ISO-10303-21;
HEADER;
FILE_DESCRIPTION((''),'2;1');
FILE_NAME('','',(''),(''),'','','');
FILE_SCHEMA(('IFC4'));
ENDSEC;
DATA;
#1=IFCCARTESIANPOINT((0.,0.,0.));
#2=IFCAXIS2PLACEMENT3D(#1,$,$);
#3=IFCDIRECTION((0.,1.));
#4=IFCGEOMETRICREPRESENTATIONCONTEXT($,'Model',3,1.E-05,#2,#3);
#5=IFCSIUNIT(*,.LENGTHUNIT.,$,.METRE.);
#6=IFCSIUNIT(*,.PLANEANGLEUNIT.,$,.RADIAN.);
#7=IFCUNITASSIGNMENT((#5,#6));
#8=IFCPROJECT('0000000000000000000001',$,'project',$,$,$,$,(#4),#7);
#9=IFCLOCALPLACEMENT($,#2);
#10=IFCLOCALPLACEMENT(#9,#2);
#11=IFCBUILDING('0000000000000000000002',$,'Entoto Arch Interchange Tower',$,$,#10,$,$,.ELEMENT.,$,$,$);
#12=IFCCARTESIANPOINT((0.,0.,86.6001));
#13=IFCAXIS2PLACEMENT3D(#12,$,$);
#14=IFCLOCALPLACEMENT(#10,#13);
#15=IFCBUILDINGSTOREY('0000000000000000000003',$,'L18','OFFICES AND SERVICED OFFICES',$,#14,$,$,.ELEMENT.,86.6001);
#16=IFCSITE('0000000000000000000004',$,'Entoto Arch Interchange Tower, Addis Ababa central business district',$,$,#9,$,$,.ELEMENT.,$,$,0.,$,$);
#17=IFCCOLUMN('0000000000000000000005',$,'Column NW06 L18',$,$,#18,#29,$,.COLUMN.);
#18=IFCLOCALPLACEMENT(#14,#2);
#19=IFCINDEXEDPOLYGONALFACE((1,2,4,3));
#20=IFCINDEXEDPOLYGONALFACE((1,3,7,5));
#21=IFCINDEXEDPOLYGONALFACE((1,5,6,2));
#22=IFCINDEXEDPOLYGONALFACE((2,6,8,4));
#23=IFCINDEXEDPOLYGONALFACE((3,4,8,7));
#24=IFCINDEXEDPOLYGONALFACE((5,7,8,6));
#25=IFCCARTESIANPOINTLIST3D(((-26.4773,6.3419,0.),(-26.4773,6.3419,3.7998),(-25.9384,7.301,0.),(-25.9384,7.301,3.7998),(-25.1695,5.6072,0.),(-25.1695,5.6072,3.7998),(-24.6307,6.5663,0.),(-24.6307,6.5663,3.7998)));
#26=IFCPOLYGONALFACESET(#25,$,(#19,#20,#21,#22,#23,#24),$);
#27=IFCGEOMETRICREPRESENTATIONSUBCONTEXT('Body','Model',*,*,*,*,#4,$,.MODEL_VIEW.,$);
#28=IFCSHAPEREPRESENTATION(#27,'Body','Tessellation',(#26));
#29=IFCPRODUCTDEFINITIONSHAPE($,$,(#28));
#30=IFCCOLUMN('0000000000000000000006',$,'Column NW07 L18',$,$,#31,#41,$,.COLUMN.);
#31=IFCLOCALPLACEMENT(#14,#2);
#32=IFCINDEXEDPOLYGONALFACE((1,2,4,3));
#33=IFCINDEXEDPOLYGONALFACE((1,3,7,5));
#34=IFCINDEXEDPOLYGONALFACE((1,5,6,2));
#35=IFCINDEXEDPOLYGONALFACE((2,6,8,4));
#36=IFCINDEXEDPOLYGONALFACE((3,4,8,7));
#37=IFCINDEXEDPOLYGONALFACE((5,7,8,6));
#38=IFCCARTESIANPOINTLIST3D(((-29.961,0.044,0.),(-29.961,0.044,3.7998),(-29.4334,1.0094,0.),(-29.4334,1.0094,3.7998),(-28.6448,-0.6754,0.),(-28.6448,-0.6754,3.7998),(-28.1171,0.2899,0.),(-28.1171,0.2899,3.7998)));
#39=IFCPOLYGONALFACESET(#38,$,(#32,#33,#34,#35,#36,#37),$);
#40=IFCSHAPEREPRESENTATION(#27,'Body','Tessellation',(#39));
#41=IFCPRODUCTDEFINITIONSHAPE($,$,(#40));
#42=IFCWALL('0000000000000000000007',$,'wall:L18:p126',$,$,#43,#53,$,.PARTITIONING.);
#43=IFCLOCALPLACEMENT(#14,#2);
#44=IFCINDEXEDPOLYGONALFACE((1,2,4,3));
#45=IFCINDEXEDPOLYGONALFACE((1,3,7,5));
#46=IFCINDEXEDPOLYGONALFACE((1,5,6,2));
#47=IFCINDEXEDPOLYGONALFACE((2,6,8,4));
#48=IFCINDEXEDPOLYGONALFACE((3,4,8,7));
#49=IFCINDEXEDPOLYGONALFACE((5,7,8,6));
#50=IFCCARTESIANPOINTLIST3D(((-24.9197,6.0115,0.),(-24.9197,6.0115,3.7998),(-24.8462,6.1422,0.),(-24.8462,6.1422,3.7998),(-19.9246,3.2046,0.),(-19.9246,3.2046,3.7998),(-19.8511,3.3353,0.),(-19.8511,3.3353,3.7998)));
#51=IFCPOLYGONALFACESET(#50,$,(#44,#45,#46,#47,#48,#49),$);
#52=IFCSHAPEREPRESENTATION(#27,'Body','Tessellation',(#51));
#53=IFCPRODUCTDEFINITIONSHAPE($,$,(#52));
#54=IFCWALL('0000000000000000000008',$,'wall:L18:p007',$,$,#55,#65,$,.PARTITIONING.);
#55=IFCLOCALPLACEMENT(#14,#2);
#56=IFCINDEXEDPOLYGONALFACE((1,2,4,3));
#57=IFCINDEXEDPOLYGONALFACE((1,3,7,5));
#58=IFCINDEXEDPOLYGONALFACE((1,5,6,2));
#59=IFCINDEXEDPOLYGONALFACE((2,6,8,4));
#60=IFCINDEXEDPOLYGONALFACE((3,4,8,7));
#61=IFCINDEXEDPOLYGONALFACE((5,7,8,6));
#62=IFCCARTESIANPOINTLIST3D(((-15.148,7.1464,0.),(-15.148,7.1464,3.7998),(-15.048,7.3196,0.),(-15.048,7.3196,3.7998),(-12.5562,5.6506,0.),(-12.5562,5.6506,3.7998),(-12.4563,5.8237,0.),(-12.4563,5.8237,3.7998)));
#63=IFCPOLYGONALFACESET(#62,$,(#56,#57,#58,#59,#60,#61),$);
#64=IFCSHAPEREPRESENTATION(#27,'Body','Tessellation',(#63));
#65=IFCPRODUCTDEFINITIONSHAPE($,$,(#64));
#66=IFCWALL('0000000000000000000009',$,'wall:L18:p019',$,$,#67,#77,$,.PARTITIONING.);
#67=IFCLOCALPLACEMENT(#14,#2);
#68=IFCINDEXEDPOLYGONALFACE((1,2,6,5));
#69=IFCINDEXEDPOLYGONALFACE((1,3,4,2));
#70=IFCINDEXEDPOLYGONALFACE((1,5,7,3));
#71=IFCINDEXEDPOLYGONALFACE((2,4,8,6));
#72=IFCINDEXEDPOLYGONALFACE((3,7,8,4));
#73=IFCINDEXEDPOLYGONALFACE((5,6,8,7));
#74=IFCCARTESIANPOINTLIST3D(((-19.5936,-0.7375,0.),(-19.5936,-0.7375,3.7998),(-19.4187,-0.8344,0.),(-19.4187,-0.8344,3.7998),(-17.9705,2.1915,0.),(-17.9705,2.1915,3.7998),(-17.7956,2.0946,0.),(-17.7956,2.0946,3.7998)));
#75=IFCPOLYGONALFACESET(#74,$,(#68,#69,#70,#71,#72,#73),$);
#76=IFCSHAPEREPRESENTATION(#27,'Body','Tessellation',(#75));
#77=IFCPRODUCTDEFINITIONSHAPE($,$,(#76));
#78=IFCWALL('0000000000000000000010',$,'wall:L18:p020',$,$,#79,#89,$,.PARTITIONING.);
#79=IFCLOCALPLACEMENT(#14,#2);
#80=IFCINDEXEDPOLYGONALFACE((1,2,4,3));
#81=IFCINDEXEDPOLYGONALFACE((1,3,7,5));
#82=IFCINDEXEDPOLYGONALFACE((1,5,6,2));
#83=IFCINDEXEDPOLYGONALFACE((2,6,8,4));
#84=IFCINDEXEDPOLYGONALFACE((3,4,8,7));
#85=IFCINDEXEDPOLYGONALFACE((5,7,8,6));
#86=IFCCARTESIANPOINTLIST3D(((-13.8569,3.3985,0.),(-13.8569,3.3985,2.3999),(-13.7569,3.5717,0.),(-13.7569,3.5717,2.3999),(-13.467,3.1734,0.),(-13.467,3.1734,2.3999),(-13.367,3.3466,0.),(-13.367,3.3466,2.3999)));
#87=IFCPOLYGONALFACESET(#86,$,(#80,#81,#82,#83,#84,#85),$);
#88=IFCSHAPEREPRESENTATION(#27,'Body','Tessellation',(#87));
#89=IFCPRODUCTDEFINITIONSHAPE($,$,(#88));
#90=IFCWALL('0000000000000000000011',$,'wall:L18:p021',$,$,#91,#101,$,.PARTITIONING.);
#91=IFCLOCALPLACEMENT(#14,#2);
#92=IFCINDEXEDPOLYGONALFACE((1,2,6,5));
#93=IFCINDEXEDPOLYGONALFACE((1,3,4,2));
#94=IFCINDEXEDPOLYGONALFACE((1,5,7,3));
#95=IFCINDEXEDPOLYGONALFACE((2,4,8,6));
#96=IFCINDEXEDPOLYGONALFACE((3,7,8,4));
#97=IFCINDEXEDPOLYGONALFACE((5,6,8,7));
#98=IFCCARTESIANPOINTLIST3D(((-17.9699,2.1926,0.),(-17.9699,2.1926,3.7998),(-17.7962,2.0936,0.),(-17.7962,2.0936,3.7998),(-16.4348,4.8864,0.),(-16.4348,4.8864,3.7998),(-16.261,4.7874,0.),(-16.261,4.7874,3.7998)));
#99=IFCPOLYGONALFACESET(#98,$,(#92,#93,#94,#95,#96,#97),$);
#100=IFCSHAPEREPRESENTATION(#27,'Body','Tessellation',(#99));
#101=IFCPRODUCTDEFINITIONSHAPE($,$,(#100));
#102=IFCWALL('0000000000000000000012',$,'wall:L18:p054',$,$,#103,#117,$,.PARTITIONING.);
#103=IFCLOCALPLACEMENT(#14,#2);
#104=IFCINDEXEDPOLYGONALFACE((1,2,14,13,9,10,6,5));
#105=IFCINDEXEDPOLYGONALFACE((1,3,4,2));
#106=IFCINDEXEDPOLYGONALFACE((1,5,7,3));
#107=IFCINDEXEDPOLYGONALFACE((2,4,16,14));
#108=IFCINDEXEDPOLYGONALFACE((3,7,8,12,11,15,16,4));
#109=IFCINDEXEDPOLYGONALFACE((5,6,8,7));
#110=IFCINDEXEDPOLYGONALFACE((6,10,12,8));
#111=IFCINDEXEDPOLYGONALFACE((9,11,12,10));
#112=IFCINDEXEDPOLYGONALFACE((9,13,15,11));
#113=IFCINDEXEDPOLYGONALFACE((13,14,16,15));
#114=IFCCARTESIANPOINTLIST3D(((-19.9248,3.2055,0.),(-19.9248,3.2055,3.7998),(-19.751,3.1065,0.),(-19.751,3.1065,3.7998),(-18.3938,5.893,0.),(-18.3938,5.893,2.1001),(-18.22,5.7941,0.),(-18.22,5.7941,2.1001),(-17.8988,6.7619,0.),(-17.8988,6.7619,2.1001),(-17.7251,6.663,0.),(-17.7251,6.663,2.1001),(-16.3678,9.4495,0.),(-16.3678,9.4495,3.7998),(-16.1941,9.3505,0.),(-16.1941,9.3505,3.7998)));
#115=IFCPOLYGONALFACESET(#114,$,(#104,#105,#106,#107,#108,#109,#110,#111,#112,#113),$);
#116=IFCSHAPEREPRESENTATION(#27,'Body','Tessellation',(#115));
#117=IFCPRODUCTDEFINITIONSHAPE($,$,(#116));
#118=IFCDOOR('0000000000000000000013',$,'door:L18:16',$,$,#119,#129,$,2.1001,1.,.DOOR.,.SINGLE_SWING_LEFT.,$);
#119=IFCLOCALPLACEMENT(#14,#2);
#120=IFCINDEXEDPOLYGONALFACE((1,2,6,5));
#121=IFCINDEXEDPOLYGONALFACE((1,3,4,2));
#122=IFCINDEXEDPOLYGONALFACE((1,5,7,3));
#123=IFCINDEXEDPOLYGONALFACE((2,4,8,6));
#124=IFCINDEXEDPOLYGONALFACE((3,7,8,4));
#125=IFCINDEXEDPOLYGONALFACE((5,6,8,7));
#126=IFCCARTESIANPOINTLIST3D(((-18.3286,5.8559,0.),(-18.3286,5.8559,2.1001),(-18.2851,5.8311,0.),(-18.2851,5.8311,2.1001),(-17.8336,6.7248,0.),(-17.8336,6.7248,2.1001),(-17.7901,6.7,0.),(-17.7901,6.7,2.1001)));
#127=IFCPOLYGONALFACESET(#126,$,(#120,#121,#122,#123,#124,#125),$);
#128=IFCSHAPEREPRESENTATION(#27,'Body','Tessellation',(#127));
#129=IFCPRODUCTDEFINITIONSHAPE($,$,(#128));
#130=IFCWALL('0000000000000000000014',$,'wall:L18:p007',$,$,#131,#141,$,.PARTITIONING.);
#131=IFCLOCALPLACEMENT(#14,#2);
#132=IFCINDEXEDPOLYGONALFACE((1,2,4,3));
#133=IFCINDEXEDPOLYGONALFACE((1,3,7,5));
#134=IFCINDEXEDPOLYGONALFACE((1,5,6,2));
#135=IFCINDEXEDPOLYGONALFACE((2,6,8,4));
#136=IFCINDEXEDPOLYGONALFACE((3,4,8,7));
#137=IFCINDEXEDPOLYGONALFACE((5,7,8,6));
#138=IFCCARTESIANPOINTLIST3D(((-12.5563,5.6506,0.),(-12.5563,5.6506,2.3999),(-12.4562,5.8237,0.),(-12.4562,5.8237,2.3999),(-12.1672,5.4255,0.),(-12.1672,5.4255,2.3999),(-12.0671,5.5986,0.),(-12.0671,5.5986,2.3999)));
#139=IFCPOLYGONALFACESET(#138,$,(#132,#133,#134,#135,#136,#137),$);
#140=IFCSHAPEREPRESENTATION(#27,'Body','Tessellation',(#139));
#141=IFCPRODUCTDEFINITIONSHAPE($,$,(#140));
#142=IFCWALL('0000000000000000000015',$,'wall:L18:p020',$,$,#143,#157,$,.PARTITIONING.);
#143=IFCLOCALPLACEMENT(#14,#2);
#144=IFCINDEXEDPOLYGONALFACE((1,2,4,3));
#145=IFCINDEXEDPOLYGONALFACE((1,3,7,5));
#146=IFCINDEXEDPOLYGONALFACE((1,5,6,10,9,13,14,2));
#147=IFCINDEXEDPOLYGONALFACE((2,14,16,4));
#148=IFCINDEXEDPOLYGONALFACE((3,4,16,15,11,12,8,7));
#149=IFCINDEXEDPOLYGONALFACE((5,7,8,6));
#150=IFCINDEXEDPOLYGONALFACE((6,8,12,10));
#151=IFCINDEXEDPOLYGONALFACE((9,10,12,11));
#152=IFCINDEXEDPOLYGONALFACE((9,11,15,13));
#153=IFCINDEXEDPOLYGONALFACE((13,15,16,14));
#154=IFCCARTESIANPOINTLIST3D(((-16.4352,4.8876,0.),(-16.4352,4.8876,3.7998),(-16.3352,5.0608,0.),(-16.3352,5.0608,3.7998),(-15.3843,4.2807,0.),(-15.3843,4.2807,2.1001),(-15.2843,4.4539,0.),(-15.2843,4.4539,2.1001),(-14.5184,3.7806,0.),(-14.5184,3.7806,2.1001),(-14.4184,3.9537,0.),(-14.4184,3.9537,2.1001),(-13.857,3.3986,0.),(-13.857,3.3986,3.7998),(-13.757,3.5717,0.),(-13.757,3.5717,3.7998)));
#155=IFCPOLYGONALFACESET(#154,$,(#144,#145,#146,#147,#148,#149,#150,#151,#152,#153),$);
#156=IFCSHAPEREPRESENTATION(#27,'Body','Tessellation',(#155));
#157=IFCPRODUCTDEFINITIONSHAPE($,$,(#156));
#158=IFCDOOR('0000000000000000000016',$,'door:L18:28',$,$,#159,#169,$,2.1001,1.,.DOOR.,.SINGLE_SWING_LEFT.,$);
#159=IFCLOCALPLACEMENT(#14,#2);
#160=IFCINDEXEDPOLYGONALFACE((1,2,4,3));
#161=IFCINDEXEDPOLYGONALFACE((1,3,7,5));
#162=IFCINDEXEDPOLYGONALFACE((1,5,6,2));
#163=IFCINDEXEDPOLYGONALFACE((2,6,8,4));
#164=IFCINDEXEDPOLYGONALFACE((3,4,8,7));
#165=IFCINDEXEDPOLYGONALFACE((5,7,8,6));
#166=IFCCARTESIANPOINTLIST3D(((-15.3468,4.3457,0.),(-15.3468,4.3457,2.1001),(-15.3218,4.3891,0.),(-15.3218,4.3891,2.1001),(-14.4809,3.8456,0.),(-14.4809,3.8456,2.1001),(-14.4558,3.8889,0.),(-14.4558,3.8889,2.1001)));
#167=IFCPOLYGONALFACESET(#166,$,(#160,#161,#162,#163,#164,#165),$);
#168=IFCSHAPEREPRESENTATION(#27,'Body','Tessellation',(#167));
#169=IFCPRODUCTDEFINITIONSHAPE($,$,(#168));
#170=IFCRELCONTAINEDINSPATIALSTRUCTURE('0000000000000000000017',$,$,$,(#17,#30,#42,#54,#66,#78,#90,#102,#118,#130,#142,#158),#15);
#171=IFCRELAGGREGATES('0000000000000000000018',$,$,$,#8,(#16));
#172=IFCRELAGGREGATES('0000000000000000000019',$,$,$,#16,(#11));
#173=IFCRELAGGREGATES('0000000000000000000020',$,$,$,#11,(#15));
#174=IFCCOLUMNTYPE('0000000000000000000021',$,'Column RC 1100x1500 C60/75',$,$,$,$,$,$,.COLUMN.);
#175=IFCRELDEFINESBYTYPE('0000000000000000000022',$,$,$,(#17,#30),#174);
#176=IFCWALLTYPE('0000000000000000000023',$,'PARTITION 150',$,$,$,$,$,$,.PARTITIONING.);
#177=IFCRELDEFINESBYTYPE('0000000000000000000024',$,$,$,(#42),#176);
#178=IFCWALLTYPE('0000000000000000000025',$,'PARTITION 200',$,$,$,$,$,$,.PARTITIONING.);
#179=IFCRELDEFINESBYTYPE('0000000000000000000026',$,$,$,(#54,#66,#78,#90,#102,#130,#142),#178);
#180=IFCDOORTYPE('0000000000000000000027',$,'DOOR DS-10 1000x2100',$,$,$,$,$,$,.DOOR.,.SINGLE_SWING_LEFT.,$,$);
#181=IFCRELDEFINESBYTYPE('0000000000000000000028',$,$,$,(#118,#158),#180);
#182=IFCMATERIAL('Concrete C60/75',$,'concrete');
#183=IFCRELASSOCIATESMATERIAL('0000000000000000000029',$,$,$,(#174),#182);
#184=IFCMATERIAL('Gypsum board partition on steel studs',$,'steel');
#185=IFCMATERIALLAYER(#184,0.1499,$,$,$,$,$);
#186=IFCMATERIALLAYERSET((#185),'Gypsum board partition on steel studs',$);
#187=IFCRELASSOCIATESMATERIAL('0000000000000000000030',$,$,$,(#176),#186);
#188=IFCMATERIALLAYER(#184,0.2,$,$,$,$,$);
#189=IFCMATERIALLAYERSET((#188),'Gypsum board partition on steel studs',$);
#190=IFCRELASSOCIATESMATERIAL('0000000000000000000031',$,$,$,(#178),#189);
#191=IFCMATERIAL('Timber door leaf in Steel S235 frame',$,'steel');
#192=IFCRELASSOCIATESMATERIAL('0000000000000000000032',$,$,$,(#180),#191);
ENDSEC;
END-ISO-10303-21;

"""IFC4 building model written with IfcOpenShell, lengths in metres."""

from ifc_helpers import new_model, si_unit, direction, frame, frame_2d, origin, origin_2d, place, context, subcontext, project, spatial, rectangle, extrude, material, layer, layer_set, material_profile, profile_set, type_object, element, fill, save


model = new_model("IFC4")

# Units and contexts
model_context = context("Model", 3, precision=1e-05, world=origin(), true_north=direction((0.0, 1.0)))
body_context = subcontext(model_context, "Body", "Model", "MODEL_VIEW")
ifc_project = project(units=[si_unit("LENGTHUNIT", "METRE"), si_unit("PLANEANGLEUNIT", "RADIAN")], contexts=[model_context])

# Site, building, storey
site_placement = place(None, origin())
site = spatial("IfcSite", under=ifc_project, at=site_placement, Name="Entoto Arch Interchange Tower, Addis Ababa central business district", CompositionType="ELEMENT", RefElevation=0.0)
building_placement = place(site_placement, origin())
building = spatial("IfcBuilding", under=site, at=building_placement, Name="Entoto Arch Interchange Tower", CompositionType="ELEMENT")
storey_placement = place(building_placement, frame((0.0, 0.0, 86.6001)))
storey = spatial("IfcBuildingStorey", under=building, at=storey_placement, Name="L18", Description="OFFICES AND SERVICED OFFICES", CompositionType="ELEMENT", Elevation=86.6001)

# Columns
ifc_material_1 = material(Name="Concrete C60/75", Category="concrete")
ifc_material_profile = material_profile(ifc_material_1, rectangle(XDim=1.1001, YDim=1.5, at=origin_2d()))
ifc_profile_set = profile_set([ifc_material_profile], Name="Concrete C60/75")
column_type = type_object("IfcColumnType", Name="Column RC 1100x1500 C60/75", PredefinedType="COLUMN", material=ifc_profile_set)
for number, where, z_axis, x_axis, name in (
    (1, (-25.554, 6.4541, 0.0), (0.0, 0.0, 1.0), (0.489839, 0.871813, 0.0), "Column NW06 L18"),
    (2, (-29.0391, 0.167, 0.0), (0.0, 0.0, 1.0), (0.479611, 0.877481, 0.0), "Column NW07 L18"),
):
    element("IfcColumn", number, at=place(storey_placement, frame(where, z_axis=z_axis, x_axis=x_axis)), inside=storey, type_object=column_type, Name=name, PredefinedType="COLUMN", context=body_context, shape_type="SweptSolid", body=[
        extrude(rectangle(XDim=1.1001, YDim=1.5, at=origin_2d()), origin(), (0.0, 0.0, 1.0), 3.7998),
    ])

# Walls
ifc_material_2 = material(Name="Gypsum board partition on steel studs", Category="steel")
ifc_layer_1 = layer(ifc_material_2, 0.1499)
ifc_layer_set_1 = layer_set([ifc_layer_1], Name="Gypsum board partition on steel studs")
wall_type_1 = type_object("IfcWallType", Name="PARTITION 150", PredefinedType="PARTITIONING", material=ifc_layer_set_1)
wall_1_placement = place(storey_placement, frame((-19.8879, 3.27, 0.0), z_axis=(0.0, 0.0, 1.0), x_axis=(-0.871789, 0.489881, 0.0)))
element("IfcWall", 3, at=wall_1_placement, inside=storey, type_object=wall_type_1, Name="wall:L18:p126", PredefinedType="PARTITIONING", context=body_context, shape_type="SweptSolid", body=[
    extrude(rectangle(XDim=5.7297, YDim=0.1499, at=frame_2d((2.8647, 0.0))), origin(), (0.0, 0.0, 1.0), 3.7998),
])
ifc_layer_2 = layer(ifc_material_2, 0.2)
ifc_layer_set_2 = layer_set([ifc_layer_2], Name="Gypsum board partition on steel studs")
wall_type_2 = type_object("IfcWallType", Name="PARTITION 200", PredefinedType="PARTITIONING", material=ifc_layer_set_2)
wall_2_placement = place(storey_placement, frame((-15.0979, 7.2329, 0.0), z_axis=(0.0, 0.0, 1.0), x_axis=(0.866101, -0.499868, 0.0)))
element("IfcWall", 4, at=wall_2_placement, inside=storey, type_object=wall_type_2, Name="wall:L18:p007", PredefinedType="PARTITIONING", context=body_context, shape_type="SweptSolid", body=[
    extrude(rectangle(XDim=2.9924, YDim=0.2, at=frame_2d((1.4961, 0.0))), origin(), (0.0, 0.0, 1.0), 3.7998),
])
wall_3_placement = place(storey_placement, frame((-17.8831, 2.1431, 0.0), z_axis=(0.0, 0.0, 1.0), x_axis=(-0.484696, -0.874683, 0.0)))
element("IfcWall", 5, at=wall_3_placement, inside=storey, type_object=wall_type_2, Name="wall:L18:p019", PredefinedType="PARTITIONING", context=body_context, shape_type="SweptSolid", body=[
    extrude(rectangle(XDim=3.3486, YDim=0.2, at=frame_2d((1.6743, 0.0))), origin(), (0.0, 0.0, 1.0), 3.7998),
])
wall_4_placement = place(storey_placement, frame((-13.417, 3.26, 0.0), z_axis=(0.0, 0.0, 1.0), x_axis=(-0.866032, 0.499988, 0.0)))
element("IfcWall", 6, at=wall_4_placement, inside=storey, type_object=wall_type_2, Name="wall:L18:p020", PredefinedType="PARTITIONING", context=body_context, shape_type="SweptSolid", body=[
    extrude(rectangle(XDim=0.4502, YDim=0.2, at=frame_2d((0.2251, 0.0))), origin(), (0.0, 0.0, 1.0), 2.3999),
])
wall_5_placement = place(storey_placement, frame((-16.3479, 4.8369, 0.0), z_axis=(0.0, 0.0, 1.0), x_axis=(-0.495121, -0.868824, 0.0)))
element("IfcWall", 7, at=wall_5_placement, inside=storey, type_object=wall_type_2, Name="wall:L18:p021", PredefinedType="PARTITIONING", context=body_context, shape_type="SweptSolid", body=[
    extrude(rectangle(XDim=3.1006, YDim=0.2, at=frame_2d((1.5503, 0.0))), origin(), (0.0, 0.0, 1.0), 3.7998),
])

# Wall, opening, door
wall_6_placement = place(storey_placement, frame((-19.8379, 3.156, 0.0), z_axis=(0.0, 0.0, 1.0), x_axis=(0.494979, 0.868905, 0.0)))
wall_6 = element("IfcWall", 8, at=wall_6_placement, inside=storey, type_object=wall_type_2, Name="wall:L18:p054", PredefinedType="PARTITIONING", context=body_context, shape_type="SweptSolid", body=[
    extrude(rectangle(XDim=7.186, YDim=0.2, at=frame_2d((3.593, 0.0))), origin(), (0.0, 0.0, 1.0), 3.7998),
])
opening_1_placement = place(wall_6_placement, frame((3.093, 0.0, 0.0)))
opening_1 = element("IfcOpeningElement", 9, at=opening_1_placement, cuts=wall_6, PredefinedType="OPENING", context=body_context, shape_type="SweptSolid", body=[
    extrude(rectangle(XDim=1.0, YDim=2.1001, at=frame_2d((0.5, 1.05))), frame((0.0, 0.1099, 0.0), z_axis=(0.0, -1.0, 0.0), x_axis=(1.0, 0.0, 0.0)), (0.0, 0.0, 1.0), 0.22),
])
ifc_material_3 = material(Name="Timber door leaf in Steel S235 frame", Category="steel")
door_type_1 = type_object("IfcDoorType", Name="DOOR DS-10 1000x2100", OperationType="SINGLE_SWING_LEFT", PredefinedType="DOOR", material=ifc_material_3)
door_1_placement = place(opening_1_placement, origin())
door_1 = element("IfcDoor", 10, at=door_1_placement, inside=storey, type_object=door_type_1, Name="door:L18:16", OperationType="SINGLE_SWING_LEFT", OverallHeight=2.1001, OverallWidth=1.0, PredefinedType="DOOR", context=body_context, shape_type="SweptSolid", body=[
    extrude(rectangle(XDim=1.0, YDim=2.1001, at=frame_2d((0.5, 1.05))), frame((0.0, 0.0249, 0.0), z_axis=(0.0, -1.0, 0.0), x_axis=(1.0, 0.0, 0.0)), (0.0, 0.0, 1.0), 0.05),
])
fill(opening_1, door_1)

# Wall
wall_7_placement = place(storey_placement, frame((-12.5061, 5.7371, 0.0), z_axis=(0.0, 0.0, 1.0), x_axis=(0.865625, -0.500694, 0.0)))
element("IfcWall", 11, at=wall_7_placement, inside=storey, type_object=wall_type_2, Name="wall:L18:p007", PredefinedType="PARTITIONING", context=body_context, shape_type="SweptSolid", body=[
    extrude(rectangle(XDim=0.4495, YDim=0.2, at=frame_2d((0.2246, 0.0))), origin(), (0.0, 0.0, 1.0), 2.3999),
])

# Wall, opening, door
wall_8_placement = place(storey_placement, frame((-13.8069, 3.4851, 0.0), z_axis=(0.0, 0.0, 1.0), x_axis=(-0.865948, 0.500134, 0.0)))
wall_8 = element("IfcWall", 12, at=wall_8_placement, inside=storey, type_object=wall_type_2, Name="wall:L18:p020", PredefinedType="PARTITIONING", context=body_context, shape_type="SweptSolid", body=[
    extrude(rectangle(XDim=2.9773, YDim=0.2, at=frame_2d((1.4888, 0.0))), origin(), (0.0, 0.0, 1.0), 3.7998),
])
opening_2_placement = place(wall_8_placement, frame((0.7639, 0.0, 0.0)))
opening_2 = element("IfcOpeningElement", 13, at=opening_2_placement, cuts=wall_8, PredefinedType="OPENING", context=body_context, shape_type="SweptSolid", body=[
    extrude(rectangle(XDim=1.0, YDim=2.1001, at=frame_2d((0.5, 1.05))), frame((0.0, 0.1099, 0.0), z_axis=(0.0, -1.0, 0.0), x_axis=(1.0, 0.0, 0.0)), (0.0, 0.0, 1.0), 0.22),
])
door_2_placement = place(opening_2_placement, origin())
door_2 = element("IfcDoor", 14, at=door_2_placement, inside=storey, type_object=door_type_1, Name="door:L18:28", OperationType="SINGLE_SWING_LEFT", OverallHeight=2.1001, OverallWidth=1.0, PredefinedType="DOOR", context=body_context, shape_type="SweptSolid", body=[
    extrude(rectangle(XDim=1.0, YDim=2.1001, at=frame_2d((0.5, 1.05))), frame((0.0, 0.0249, 0.0), z_axis=(0.0, -1.0, 0.0), x_axis=(1.0, 0.0, 0.0)), (0.0, 0.0, 1.0), 0.05),
])
fill(opening_2, door_2)

save(model, "model.ifc")
